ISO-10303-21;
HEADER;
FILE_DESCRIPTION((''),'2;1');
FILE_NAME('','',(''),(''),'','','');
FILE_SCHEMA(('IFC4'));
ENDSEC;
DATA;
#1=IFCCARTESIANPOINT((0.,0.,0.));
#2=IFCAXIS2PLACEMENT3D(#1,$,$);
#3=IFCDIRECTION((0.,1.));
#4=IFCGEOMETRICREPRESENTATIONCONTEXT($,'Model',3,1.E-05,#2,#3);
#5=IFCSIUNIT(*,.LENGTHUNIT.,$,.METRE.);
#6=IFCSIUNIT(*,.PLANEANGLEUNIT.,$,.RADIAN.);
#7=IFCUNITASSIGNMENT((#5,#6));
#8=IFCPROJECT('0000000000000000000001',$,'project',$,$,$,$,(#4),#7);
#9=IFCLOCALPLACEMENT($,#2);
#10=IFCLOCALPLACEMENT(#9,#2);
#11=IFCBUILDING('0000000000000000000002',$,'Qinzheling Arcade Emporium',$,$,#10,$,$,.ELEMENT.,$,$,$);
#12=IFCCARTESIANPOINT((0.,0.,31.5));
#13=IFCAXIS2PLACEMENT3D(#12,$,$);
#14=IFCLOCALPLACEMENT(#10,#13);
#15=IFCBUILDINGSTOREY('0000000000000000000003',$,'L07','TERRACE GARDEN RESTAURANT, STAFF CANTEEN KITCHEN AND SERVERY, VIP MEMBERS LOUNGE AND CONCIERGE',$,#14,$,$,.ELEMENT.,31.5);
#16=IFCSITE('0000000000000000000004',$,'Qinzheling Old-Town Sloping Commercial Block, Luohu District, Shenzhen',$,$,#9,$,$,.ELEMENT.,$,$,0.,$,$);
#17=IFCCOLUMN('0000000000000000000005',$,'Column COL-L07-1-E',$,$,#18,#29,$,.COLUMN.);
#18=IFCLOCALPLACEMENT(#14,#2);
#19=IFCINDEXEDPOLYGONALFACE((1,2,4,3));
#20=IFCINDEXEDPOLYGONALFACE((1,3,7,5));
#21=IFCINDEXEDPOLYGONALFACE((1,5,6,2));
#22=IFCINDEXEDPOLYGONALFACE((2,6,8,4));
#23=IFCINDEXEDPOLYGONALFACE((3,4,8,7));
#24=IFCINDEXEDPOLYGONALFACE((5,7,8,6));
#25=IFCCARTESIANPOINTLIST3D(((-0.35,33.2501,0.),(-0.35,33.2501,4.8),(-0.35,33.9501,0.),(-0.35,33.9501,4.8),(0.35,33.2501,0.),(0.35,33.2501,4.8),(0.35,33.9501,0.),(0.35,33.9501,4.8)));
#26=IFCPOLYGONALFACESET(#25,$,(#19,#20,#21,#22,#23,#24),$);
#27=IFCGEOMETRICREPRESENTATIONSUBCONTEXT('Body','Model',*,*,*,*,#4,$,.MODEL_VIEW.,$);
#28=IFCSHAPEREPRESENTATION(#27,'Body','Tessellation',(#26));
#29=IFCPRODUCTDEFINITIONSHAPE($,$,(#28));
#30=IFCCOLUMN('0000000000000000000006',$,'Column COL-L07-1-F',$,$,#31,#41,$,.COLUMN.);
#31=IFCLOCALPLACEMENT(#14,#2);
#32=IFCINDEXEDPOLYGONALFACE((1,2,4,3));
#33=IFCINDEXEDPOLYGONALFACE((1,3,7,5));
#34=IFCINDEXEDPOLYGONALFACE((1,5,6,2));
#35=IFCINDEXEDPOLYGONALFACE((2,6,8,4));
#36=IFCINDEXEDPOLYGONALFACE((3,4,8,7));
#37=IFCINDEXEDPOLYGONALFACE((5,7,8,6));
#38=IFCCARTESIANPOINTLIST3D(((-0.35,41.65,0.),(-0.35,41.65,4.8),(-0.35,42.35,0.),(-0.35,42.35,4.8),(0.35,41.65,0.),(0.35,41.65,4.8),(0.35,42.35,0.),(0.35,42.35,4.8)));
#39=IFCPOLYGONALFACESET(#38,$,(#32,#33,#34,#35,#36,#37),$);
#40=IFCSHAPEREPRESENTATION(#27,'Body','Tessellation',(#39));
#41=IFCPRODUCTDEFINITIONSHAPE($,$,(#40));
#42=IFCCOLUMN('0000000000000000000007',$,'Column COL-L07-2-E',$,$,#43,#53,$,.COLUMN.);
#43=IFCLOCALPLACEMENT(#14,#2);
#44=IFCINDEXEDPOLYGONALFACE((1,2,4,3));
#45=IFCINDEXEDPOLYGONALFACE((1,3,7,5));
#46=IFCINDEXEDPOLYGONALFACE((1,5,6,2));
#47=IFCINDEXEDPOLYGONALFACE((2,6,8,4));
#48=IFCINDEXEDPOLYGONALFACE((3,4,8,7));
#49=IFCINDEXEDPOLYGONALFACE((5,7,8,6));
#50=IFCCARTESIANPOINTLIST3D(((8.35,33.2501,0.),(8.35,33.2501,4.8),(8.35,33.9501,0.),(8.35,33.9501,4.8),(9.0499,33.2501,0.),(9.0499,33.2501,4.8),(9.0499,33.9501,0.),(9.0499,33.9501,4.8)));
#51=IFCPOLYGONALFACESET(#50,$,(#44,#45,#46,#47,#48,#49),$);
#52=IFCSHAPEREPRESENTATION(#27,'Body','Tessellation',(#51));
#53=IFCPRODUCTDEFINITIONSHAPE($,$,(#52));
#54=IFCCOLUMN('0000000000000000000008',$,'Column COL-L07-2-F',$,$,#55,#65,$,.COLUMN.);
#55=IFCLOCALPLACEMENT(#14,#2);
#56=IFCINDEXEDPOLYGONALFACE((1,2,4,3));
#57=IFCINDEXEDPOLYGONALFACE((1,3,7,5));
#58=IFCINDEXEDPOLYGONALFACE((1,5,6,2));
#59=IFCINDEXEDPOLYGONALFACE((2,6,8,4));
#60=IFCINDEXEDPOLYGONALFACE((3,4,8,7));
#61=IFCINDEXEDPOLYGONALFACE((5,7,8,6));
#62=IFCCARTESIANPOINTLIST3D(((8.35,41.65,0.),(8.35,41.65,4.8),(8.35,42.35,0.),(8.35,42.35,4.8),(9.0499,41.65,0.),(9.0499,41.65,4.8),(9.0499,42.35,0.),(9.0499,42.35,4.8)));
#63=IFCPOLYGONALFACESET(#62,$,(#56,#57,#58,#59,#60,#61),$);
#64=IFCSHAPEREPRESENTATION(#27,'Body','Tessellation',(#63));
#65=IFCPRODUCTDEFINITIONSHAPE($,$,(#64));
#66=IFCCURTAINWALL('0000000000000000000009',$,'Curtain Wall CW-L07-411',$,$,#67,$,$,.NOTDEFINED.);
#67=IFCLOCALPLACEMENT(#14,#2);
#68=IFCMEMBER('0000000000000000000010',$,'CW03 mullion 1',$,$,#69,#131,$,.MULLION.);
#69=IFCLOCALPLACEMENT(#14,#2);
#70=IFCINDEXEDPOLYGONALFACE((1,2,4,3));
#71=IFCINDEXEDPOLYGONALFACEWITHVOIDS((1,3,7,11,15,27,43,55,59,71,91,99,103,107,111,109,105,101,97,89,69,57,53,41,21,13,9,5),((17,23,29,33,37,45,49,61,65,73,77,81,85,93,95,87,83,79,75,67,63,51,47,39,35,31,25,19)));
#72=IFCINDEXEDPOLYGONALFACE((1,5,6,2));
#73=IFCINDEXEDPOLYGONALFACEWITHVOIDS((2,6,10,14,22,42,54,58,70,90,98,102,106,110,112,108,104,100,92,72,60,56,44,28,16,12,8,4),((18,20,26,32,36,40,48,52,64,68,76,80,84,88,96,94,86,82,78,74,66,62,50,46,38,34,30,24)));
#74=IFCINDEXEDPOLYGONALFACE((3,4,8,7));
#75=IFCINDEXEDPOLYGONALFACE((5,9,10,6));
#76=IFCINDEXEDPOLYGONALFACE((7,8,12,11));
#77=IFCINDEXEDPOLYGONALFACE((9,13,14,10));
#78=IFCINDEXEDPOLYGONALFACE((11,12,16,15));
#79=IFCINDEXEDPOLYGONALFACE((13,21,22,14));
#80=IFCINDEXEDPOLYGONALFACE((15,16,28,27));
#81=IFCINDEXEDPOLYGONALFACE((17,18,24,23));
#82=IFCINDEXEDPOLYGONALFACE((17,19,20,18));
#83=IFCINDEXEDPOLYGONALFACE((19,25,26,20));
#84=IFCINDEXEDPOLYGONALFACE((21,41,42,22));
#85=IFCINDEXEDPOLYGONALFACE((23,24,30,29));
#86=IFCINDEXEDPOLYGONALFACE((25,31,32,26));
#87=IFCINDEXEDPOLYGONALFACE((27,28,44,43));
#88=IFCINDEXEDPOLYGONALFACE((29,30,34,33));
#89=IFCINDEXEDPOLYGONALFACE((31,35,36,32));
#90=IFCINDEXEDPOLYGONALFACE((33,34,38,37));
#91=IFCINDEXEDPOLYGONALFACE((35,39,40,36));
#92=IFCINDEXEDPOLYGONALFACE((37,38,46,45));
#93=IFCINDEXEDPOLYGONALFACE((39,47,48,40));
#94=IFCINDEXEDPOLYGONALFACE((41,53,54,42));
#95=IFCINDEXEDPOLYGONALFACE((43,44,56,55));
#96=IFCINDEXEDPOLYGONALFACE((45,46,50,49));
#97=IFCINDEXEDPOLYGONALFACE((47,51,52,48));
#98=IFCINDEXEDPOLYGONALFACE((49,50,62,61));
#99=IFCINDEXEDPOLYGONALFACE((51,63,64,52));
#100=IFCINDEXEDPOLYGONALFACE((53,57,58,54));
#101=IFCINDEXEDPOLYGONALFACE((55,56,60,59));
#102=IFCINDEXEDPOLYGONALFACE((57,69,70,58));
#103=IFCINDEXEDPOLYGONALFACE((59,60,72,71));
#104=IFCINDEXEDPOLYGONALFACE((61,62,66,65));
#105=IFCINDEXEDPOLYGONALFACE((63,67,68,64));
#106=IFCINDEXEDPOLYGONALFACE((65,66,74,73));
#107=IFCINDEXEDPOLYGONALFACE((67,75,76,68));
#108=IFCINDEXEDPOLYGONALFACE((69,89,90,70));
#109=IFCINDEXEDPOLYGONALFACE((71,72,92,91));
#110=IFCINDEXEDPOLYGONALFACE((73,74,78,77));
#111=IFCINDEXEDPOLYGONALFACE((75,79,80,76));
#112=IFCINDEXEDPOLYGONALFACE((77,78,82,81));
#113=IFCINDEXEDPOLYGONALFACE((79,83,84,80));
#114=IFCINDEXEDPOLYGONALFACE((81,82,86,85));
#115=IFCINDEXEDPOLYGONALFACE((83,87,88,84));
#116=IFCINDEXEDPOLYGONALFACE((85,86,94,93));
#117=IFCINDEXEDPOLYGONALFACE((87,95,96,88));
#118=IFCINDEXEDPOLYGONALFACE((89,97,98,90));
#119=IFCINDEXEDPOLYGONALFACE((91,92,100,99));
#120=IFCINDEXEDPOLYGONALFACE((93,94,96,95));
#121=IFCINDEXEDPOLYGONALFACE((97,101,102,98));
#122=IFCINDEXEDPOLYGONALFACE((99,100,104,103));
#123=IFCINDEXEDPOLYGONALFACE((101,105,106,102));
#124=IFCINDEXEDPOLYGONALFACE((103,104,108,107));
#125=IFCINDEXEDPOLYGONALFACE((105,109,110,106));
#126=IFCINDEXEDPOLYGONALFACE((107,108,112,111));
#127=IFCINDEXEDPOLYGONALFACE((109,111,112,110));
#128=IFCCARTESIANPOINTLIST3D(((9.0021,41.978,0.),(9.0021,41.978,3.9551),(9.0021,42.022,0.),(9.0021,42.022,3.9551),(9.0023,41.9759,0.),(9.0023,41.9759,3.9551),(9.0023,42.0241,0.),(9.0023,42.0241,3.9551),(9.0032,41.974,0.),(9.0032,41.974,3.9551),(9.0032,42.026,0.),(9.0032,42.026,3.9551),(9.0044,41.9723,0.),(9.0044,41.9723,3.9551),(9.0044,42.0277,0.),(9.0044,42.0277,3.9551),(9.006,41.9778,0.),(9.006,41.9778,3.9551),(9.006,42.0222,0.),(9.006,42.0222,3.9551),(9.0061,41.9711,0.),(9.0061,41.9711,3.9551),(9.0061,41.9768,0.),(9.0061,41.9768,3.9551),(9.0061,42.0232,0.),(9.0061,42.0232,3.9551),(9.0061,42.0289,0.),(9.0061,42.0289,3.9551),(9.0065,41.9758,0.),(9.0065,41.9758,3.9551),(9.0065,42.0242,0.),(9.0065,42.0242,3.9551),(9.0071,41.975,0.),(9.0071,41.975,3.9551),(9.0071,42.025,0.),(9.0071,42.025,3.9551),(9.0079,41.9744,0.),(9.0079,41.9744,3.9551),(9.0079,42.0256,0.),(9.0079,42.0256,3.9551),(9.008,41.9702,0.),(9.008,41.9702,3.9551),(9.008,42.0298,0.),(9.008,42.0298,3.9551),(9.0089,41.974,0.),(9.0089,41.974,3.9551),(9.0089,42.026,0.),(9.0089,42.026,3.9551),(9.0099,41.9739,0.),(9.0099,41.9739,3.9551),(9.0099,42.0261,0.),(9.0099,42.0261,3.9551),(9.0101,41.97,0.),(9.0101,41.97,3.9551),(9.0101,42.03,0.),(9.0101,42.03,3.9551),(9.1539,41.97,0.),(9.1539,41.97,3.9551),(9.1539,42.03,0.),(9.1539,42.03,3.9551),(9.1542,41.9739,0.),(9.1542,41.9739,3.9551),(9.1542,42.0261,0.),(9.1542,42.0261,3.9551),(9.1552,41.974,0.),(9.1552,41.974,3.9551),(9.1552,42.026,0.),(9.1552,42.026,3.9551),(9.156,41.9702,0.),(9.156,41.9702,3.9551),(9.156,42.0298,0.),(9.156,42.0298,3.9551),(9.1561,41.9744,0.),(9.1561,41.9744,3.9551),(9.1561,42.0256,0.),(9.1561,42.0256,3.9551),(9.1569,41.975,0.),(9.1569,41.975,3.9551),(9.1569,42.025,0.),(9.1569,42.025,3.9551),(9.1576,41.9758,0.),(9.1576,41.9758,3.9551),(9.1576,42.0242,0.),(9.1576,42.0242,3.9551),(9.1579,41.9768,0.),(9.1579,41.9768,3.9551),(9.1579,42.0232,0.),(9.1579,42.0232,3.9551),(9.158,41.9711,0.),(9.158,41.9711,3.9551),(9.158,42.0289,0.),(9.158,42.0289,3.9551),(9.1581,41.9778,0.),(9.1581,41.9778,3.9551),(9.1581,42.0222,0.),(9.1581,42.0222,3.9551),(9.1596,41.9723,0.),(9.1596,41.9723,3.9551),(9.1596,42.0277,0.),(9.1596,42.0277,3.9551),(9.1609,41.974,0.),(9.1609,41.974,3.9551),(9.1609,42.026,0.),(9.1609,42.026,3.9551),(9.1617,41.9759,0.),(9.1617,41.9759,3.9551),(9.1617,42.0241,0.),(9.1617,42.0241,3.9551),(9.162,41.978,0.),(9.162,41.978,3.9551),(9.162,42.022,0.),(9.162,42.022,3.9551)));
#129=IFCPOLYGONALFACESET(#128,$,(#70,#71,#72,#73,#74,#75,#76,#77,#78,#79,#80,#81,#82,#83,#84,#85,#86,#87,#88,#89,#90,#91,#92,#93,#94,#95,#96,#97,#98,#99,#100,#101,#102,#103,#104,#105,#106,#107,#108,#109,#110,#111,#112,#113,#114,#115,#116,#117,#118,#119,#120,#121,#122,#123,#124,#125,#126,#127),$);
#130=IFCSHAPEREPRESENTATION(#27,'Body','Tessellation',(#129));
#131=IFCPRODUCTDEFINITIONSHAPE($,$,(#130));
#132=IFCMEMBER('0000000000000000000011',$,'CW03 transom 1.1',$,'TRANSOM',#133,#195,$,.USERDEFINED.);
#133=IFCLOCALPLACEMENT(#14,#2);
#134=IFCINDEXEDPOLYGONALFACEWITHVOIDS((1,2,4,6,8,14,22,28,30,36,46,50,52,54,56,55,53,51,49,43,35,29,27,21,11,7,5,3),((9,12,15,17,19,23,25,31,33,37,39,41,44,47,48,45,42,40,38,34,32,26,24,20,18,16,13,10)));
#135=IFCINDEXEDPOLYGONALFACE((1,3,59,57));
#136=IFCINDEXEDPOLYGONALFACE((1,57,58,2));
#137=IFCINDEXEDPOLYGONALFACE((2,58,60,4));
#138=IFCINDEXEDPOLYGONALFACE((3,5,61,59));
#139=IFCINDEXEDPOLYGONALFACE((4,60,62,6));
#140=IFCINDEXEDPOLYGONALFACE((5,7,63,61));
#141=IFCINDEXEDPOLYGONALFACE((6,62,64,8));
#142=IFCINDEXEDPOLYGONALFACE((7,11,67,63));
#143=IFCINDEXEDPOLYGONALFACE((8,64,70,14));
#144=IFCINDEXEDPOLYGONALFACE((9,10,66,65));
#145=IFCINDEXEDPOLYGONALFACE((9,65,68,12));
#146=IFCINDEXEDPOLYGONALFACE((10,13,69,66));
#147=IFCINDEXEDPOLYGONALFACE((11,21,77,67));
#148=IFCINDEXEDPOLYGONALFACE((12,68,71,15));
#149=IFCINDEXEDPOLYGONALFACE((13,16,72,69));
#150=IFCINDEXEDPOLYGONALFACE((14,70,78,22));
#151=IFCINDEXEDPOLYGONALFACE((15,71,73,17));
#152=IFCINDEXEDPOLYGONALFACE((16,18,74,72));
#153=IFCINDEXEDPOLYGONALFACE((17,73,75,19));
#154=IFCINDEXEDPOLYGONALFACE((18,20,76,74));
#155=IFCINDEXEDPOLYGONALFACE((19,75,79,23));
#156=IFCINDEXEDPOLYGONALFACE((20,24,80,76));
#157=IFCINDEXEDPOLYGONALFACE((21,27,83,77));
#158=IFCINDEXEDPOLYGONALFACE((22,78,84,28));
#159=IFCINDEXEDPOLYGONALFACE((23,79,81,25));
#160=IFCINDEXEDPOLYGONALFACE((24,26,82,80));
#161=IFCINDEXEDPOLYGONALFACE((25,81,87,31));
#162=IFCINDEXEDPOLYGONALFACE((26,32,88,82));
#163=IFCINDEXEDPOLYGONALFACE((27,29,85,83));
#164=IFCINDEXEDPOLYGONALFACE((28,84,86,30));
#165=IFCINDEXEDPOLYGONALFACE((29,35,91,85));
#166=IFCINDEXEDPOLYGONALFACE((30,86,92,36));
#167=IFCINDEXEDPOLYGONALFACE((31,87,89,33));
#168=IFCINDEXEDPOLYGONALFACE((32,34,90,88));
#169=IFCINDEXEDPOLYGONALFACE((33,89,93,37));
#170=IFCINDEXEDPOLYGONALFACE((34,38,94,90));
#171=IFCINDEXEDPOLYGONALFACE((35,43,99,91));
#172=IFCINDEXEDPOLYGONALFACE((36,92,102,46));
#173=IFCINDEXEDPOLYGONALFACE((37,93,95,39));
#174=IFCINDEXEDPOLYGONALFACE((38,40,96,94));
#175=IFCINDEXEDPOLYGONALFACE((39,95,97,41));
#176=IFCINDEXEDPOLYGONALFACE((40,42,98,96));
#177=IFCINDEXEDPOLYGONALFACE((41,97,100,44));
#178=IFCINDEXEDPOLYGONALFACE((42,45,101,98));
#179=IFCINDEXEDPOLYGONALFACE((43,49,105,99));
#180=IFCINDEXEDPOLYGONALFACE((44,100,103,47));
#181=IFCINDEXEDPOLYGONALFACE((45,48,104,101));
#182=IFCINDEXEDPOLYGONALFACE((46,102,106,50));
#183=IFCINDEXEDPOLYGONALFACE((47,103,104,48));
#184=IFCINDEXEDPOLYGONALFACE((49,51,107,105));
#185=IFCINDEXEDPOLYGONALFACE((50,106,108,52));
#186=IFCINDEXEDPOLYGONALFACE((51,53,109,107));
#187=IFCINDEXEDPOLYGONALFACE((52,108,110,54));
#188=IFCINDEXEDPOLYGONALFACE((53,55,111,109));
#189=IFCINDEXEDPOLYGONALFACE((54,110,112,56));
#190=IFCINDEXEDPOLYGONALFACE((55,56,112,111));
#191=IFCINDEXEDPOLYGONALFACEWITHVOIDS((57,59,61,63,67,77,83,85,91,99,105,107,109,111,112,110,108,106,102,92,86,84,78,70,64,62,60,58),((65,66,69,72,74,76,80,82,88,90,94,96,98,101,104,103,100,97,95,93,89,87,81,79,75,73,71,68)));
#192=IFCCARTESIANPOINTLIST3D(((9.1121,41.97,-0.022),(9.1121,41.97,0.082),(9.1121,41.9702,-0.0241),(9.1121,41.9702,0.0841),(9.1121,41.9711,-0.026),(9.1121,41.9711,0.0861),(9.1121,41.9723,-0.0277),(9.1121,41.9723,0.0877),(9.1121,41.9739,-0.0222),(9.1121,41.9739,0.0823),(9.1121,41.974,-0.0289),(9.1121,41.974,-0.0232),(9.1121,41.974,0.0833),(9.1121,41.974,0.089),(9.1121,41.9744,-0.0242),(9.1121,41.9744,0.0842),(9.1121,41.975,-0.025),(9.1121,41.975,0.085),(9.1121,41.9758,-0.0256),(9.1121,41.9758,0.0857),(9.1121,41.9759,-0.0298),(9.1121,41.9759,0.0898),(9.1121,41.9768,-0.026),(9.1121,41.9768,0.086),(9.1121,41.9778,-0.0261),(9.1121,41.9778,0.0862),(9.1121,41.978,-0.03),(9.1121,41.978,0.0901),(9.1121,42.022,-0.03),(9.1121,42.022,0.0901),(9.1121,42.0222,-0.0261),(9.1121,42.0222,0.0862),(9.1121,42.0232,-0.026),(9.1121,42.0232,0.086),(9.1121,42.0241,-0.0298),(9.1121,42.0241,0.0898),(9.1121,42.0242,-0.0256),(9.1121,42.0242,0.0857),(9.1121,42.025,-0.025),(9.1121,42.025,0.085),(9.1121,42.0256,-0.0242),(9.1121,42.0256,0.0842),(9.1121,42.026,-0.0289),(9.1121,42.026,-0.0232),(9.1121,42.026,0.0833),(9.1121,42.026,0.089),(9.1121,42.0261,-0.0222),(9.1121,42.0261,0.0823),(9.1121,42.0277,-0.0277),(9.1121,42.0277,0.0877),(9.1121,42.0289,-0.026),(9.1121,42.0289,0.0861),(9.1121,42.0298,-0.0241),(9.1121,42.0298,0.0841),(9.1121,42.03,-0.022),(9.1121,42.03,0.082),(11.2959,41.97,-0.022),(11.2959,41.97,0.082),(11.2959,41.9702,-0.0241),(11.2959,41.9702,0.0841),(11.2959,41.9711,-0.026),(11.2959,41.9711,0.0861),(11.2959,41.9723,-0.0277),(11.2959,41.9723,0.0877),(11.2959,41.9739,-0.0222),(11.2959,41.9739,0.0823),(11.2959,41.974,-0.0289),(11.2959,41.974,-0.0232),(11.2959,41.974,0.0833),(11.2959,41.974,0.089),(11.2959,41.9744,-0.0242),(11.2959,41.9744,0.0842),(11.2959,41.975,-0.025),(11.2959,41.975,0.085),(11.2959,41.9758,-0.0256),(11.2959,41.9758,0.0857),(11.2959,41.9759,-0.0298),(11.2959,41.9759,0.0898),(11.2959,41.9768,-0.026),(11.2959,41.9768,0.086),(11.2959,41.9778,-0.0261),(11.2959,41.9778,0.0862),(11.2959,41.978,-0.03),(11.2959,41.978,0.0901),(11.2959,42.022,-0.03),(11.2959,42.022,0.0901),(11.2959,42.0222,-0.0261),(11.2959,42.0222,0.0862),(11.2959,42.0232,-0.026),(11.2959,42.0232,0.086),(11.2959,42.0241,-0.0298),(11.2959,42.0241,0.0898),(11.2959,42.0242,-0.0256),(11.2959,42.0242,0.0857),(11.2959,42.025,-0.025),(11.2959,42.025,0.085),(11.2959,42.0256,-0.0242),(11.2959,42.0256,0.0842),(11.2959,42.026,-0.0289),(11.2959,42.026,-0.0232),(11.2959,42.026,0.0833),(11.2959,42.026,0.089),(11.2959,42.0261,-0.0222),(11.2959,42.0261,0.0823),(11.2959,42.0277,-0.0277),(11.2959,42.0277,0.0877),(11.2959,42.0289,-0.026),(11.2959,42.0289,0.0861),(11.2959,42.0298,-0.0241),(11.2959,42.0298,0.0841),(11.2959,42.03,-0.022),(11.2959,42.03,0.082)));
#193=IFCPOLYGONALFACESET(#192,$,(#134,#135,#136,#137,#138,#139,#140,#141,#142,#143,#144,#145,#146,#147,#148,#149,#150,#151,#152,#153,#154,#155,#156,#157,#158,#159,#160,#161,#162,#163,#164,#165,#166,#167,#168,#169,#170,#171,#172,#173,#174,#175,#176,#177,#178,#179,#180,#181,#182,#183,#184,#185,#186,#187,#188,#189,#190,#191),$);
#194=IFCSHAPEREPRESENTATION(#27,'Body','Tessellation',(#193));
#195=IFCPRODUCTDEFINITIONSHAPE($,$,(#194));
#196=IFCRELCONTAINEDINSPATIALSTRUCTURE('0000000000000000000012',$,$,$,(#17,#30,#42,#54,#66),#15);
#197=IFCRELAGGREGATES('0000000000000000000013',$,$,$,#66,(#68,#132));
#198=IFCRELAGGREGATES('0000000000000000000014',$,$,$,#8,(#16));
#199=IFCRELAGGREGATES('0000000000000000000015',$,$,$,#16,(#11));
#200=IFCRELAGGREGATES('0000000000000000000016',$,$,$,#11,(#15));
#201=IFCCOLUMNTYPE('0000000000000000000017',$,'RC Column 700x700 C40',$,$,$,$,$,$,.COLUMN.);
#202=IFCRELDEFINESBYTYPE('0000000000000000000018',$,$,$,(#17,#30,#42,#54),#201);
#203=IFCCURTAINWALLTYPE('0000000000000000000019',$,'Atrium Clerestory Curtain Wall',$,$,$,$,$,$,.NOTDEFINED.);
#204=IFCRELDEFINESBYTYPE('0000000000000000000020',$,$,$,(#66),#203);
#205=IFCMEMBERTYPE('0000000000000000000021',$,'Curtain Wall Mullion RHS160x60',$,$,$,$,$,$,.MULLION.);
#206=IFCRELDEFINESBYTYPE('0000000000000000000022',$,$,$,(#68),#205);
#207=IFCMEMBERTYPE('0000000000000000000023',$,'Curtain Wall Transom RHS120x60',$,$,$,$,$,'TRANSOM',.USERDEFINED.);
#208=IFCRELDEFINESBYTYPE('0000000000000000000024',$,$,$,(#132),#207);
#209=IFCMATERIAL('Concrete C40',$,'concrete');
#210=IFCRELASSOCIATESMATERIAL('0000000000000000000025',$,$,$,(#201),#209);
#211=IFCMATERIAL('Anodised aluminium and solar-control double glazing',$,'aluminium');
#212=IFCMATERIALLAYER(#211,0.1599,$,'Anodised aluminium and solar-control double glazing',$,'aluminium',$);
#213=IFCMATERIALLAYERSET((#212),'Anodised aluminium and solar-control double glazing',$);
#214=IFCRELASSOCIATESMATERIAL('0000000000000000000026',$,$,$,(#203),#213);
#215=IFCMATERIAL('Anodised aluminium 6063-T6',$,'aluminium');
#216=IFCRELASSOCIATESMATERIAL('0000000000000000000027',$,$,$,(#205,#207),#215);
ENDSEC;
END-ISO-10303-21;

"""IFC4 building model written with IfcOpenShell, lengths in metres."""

from ifc_helpers import new_model, si_unit, direction, frame, origin, origin_2d, place, context, subcontext, project, spatial, rectangle, hollow_rectangle, extrude, material, layer, layer_set, material_profile, profile_set, type_object, element, aggregate, save


model = new_model("IFC4")

# Units and contexts
model_context = context("Model", 3, precision=1e-05, world=origin(), true_north=direction((0.0, 1.0)))
body_context = subcontext(model_context, "Body", "Model", "MODEL_VIEW")
ifc_project = project(units=[si_unit("LENGTHUNIT", "METRE"), si_unit("PLANEANGLEUNIT", "RADIAN")], contexts=[model_context])

# Site, building, storey
site_placement = place(None, origin())
site = spatial("IfcSite", under=ifc_project, at=site_placement, Name="Qinzheling Old-Town Sloping Commercial Block, Luohu District, Shenzhen", CompositionType="ELEMENT", RefElevation=0.0)
building_placement = place(site_placement, origin())
building = spatial("IfcBuilding", under=site, at=building_placement, Name="Qinzheling Arcade Emporium", CompositionType="ELEMENT")
storey_placement = place(building_placement, frame((0.0, 0.0, 31.5)))
storey = spatial("IfcBuildingStorey", under=building, at=storey_placement, Name="L07", Description="TERRACE GARDEN RESTAURANT, STAFF CANTEEN KITCHEN AND SERVERY, VIP MEMBERS LOUNGE AND CONCIERGE", CompositionType="ELEMENT", Elevation=31.5)

# Columns
ifc_material_1 = material(Name="Concrete C40", Category="concrete")
ifc_material_profile_1 = material_profile(ifc_material_1, rectangle(XDim=0.7, YDim=0.7, at=origin_2d()), Name="RC 700x700", Category="concrete")
ifc_profile_set_1 = profile_set([ifc_material_profile_1], Name="Concrete C40")
column_type = type_object("IfcColumnType", Name="RC Column 700x700 C40", PredefinedType="COLUMN", material=ifc_profile_set_1)
for number, where, z_axis, x_axis, name in (
    (1, (0.0, 33.6001, 0.0), (0.0, 0.0, 1.0), (1.0, 0.0, 0.0), "Column COL-L07-1-E"),
    (2, (0.0, 42.0, 0.0), (0.0, 0.0, 1.0), (1.0, 0.0, 0.0), "Column COL-L07-1-F"),
    (3, (8.7, 33.6001, 0.0), (0.0, 0.0, 1.0), (1.0, 0.0, 0.0), "Column COL-L07-2-E"),
    (4, (8.7, 42.0, 0.0), (0.0, 0.0, 1.0), (1.0, 0.0, 0.0), "Column COL-L07-2-F"),
):
    element("IfcColumn", number, at=place(storey_placement, frame(where, z_axis=z_axis, x_axis=x_axis)), inside=storey, type_object=column_type, Name=name, PredefinedType="COLUMN", context=body_context, shape_type="SweptSolid", body=[
        extrude(rectangle(XDim=0.7, YDim=0.7, at=origin_2d()), origin(), (0.0, 0.0, 1.0), 4.8),
    ])

# Curtain wall, members
ifc_material_2 = material(Name="Anodised aluminium and solar-control double glazing", Category="aluminium")
ifc_layer_1 = layer(ifc_material_2, 0.1599, Name="Anodised aluminium and solar-control double glazing", Category="aluminium")
ifc_layer_set_1 = layer_set([ifc_layer_1], Name="Anodised aluminium and solar-control double glazing")
curtain_wall_type = type_object("IfcCurtainWallType", Name="Atrium Clerestory Curtain Wall", PredefinedType="NOTDEFINED", material=ifc_layer_set_1)
curtain_wall_placement = place(storey_placement, origin())
curtain_wall = element("IfcCurtainWall", 5, at=curtain_wall_placement, inside=storey, type_object=curtain_wall_type, Name="Curtain Wall CW-L07-411", PredefinedType="NOTDEFINED")
ifc_material_3 = material(Name="Anodised aluminium 6063-T6", Category="aluminium")
ifc_material_profile_2 = material_profile(ifc_material_3, hollow_rectangle(XDim=0.0601, YDim=0.1599, WallThickness=0.0039, InnerFilletRadius=0.0039, OuterFilletRadius=0.0081, at=origin_2d()), Name="RHS 160x60x4", Category="aluminium")
ifc_profile_set_2 = profile_set([ifc_material_profile_2], Name="Anodised aluminium 6063-T6")
member_type_1 = type_object("IfcMemberType", Name="Curtain Wall Mullion RHS160x60", PredefinedType="MULLION", material=ifc_profile_set_2)
member_1_placement = place(storey_placement, frame((9.082, 42.0, 0.0), z_axis=(0.0, 0.0, 1.0), x_axis=(0.0, 1.0, 0.0)))
member_1 = element("IfcMember", 6, at=member_1_placement, type_object=member_type_1, Name="CW03 mullion 1", PredefinedType="MULLION", context=body_context, shape_type="SweptSolid", body=[
    extrude(hollow_rectangle(XDim=0.0601, YDim=0.1599, WallThickness=0.0039, InnerFilletRadius=0.0039, OuterFilletRadius=0.0081, at=origin_2d()), origin(), (0.0, 0.0, 1.0), 3.9551),
])
ifc_material_profile_3 = material_profile(ifc_material_3, hollow_rectangle(XDim=0.0601, YDim=0.1201, WallThickness=0.0039, InnerFilletRadius=0.0039, OuterFilletRadius=0.0081, at=origin_2d()), Name="RHS 120x60x4", Category="aluminium")
ifc_profile_set_3 = profile_set([ifc_material_profile_3], Name="Anodised aluminium 6063-T6")
member_type_2 = type_object("IfcMemberType", Name="Curtain Wall Transom RHS120x60", ElementType="TRANSOM", PredefinedType="USERDEFINED", material=ifc_profile_set_3)
member_2_placement = place(storey_placement, frame((9.1121, 42.0, 0.03), z_axis=(1.0, 0.0, 0.0), x_axis=(0.0, 1.0, 0.0)))
member_2 = element("IfcMember", 7, at=member_2_placement, type_object=member_type_2, Name="CW03 transom 1.1", ObjectType="TRANSOM", PredefinedType="USERDEFINED", context=body_context, shape_type="SweptSolid", body=[
    extrude(hollow_rectangle(XDim=0.0601, YDim=0.1201, WallThickness=0.0039, InnerFilletRadius=0.0039, OuterFilletRadius=0.0081, at=origin_2d()), origin(), (0.0, 0.0, 1.0), 2.1838),
])

aggregate(curtain_wall, [member_1, member_2])

save(model, "model.ifc")
